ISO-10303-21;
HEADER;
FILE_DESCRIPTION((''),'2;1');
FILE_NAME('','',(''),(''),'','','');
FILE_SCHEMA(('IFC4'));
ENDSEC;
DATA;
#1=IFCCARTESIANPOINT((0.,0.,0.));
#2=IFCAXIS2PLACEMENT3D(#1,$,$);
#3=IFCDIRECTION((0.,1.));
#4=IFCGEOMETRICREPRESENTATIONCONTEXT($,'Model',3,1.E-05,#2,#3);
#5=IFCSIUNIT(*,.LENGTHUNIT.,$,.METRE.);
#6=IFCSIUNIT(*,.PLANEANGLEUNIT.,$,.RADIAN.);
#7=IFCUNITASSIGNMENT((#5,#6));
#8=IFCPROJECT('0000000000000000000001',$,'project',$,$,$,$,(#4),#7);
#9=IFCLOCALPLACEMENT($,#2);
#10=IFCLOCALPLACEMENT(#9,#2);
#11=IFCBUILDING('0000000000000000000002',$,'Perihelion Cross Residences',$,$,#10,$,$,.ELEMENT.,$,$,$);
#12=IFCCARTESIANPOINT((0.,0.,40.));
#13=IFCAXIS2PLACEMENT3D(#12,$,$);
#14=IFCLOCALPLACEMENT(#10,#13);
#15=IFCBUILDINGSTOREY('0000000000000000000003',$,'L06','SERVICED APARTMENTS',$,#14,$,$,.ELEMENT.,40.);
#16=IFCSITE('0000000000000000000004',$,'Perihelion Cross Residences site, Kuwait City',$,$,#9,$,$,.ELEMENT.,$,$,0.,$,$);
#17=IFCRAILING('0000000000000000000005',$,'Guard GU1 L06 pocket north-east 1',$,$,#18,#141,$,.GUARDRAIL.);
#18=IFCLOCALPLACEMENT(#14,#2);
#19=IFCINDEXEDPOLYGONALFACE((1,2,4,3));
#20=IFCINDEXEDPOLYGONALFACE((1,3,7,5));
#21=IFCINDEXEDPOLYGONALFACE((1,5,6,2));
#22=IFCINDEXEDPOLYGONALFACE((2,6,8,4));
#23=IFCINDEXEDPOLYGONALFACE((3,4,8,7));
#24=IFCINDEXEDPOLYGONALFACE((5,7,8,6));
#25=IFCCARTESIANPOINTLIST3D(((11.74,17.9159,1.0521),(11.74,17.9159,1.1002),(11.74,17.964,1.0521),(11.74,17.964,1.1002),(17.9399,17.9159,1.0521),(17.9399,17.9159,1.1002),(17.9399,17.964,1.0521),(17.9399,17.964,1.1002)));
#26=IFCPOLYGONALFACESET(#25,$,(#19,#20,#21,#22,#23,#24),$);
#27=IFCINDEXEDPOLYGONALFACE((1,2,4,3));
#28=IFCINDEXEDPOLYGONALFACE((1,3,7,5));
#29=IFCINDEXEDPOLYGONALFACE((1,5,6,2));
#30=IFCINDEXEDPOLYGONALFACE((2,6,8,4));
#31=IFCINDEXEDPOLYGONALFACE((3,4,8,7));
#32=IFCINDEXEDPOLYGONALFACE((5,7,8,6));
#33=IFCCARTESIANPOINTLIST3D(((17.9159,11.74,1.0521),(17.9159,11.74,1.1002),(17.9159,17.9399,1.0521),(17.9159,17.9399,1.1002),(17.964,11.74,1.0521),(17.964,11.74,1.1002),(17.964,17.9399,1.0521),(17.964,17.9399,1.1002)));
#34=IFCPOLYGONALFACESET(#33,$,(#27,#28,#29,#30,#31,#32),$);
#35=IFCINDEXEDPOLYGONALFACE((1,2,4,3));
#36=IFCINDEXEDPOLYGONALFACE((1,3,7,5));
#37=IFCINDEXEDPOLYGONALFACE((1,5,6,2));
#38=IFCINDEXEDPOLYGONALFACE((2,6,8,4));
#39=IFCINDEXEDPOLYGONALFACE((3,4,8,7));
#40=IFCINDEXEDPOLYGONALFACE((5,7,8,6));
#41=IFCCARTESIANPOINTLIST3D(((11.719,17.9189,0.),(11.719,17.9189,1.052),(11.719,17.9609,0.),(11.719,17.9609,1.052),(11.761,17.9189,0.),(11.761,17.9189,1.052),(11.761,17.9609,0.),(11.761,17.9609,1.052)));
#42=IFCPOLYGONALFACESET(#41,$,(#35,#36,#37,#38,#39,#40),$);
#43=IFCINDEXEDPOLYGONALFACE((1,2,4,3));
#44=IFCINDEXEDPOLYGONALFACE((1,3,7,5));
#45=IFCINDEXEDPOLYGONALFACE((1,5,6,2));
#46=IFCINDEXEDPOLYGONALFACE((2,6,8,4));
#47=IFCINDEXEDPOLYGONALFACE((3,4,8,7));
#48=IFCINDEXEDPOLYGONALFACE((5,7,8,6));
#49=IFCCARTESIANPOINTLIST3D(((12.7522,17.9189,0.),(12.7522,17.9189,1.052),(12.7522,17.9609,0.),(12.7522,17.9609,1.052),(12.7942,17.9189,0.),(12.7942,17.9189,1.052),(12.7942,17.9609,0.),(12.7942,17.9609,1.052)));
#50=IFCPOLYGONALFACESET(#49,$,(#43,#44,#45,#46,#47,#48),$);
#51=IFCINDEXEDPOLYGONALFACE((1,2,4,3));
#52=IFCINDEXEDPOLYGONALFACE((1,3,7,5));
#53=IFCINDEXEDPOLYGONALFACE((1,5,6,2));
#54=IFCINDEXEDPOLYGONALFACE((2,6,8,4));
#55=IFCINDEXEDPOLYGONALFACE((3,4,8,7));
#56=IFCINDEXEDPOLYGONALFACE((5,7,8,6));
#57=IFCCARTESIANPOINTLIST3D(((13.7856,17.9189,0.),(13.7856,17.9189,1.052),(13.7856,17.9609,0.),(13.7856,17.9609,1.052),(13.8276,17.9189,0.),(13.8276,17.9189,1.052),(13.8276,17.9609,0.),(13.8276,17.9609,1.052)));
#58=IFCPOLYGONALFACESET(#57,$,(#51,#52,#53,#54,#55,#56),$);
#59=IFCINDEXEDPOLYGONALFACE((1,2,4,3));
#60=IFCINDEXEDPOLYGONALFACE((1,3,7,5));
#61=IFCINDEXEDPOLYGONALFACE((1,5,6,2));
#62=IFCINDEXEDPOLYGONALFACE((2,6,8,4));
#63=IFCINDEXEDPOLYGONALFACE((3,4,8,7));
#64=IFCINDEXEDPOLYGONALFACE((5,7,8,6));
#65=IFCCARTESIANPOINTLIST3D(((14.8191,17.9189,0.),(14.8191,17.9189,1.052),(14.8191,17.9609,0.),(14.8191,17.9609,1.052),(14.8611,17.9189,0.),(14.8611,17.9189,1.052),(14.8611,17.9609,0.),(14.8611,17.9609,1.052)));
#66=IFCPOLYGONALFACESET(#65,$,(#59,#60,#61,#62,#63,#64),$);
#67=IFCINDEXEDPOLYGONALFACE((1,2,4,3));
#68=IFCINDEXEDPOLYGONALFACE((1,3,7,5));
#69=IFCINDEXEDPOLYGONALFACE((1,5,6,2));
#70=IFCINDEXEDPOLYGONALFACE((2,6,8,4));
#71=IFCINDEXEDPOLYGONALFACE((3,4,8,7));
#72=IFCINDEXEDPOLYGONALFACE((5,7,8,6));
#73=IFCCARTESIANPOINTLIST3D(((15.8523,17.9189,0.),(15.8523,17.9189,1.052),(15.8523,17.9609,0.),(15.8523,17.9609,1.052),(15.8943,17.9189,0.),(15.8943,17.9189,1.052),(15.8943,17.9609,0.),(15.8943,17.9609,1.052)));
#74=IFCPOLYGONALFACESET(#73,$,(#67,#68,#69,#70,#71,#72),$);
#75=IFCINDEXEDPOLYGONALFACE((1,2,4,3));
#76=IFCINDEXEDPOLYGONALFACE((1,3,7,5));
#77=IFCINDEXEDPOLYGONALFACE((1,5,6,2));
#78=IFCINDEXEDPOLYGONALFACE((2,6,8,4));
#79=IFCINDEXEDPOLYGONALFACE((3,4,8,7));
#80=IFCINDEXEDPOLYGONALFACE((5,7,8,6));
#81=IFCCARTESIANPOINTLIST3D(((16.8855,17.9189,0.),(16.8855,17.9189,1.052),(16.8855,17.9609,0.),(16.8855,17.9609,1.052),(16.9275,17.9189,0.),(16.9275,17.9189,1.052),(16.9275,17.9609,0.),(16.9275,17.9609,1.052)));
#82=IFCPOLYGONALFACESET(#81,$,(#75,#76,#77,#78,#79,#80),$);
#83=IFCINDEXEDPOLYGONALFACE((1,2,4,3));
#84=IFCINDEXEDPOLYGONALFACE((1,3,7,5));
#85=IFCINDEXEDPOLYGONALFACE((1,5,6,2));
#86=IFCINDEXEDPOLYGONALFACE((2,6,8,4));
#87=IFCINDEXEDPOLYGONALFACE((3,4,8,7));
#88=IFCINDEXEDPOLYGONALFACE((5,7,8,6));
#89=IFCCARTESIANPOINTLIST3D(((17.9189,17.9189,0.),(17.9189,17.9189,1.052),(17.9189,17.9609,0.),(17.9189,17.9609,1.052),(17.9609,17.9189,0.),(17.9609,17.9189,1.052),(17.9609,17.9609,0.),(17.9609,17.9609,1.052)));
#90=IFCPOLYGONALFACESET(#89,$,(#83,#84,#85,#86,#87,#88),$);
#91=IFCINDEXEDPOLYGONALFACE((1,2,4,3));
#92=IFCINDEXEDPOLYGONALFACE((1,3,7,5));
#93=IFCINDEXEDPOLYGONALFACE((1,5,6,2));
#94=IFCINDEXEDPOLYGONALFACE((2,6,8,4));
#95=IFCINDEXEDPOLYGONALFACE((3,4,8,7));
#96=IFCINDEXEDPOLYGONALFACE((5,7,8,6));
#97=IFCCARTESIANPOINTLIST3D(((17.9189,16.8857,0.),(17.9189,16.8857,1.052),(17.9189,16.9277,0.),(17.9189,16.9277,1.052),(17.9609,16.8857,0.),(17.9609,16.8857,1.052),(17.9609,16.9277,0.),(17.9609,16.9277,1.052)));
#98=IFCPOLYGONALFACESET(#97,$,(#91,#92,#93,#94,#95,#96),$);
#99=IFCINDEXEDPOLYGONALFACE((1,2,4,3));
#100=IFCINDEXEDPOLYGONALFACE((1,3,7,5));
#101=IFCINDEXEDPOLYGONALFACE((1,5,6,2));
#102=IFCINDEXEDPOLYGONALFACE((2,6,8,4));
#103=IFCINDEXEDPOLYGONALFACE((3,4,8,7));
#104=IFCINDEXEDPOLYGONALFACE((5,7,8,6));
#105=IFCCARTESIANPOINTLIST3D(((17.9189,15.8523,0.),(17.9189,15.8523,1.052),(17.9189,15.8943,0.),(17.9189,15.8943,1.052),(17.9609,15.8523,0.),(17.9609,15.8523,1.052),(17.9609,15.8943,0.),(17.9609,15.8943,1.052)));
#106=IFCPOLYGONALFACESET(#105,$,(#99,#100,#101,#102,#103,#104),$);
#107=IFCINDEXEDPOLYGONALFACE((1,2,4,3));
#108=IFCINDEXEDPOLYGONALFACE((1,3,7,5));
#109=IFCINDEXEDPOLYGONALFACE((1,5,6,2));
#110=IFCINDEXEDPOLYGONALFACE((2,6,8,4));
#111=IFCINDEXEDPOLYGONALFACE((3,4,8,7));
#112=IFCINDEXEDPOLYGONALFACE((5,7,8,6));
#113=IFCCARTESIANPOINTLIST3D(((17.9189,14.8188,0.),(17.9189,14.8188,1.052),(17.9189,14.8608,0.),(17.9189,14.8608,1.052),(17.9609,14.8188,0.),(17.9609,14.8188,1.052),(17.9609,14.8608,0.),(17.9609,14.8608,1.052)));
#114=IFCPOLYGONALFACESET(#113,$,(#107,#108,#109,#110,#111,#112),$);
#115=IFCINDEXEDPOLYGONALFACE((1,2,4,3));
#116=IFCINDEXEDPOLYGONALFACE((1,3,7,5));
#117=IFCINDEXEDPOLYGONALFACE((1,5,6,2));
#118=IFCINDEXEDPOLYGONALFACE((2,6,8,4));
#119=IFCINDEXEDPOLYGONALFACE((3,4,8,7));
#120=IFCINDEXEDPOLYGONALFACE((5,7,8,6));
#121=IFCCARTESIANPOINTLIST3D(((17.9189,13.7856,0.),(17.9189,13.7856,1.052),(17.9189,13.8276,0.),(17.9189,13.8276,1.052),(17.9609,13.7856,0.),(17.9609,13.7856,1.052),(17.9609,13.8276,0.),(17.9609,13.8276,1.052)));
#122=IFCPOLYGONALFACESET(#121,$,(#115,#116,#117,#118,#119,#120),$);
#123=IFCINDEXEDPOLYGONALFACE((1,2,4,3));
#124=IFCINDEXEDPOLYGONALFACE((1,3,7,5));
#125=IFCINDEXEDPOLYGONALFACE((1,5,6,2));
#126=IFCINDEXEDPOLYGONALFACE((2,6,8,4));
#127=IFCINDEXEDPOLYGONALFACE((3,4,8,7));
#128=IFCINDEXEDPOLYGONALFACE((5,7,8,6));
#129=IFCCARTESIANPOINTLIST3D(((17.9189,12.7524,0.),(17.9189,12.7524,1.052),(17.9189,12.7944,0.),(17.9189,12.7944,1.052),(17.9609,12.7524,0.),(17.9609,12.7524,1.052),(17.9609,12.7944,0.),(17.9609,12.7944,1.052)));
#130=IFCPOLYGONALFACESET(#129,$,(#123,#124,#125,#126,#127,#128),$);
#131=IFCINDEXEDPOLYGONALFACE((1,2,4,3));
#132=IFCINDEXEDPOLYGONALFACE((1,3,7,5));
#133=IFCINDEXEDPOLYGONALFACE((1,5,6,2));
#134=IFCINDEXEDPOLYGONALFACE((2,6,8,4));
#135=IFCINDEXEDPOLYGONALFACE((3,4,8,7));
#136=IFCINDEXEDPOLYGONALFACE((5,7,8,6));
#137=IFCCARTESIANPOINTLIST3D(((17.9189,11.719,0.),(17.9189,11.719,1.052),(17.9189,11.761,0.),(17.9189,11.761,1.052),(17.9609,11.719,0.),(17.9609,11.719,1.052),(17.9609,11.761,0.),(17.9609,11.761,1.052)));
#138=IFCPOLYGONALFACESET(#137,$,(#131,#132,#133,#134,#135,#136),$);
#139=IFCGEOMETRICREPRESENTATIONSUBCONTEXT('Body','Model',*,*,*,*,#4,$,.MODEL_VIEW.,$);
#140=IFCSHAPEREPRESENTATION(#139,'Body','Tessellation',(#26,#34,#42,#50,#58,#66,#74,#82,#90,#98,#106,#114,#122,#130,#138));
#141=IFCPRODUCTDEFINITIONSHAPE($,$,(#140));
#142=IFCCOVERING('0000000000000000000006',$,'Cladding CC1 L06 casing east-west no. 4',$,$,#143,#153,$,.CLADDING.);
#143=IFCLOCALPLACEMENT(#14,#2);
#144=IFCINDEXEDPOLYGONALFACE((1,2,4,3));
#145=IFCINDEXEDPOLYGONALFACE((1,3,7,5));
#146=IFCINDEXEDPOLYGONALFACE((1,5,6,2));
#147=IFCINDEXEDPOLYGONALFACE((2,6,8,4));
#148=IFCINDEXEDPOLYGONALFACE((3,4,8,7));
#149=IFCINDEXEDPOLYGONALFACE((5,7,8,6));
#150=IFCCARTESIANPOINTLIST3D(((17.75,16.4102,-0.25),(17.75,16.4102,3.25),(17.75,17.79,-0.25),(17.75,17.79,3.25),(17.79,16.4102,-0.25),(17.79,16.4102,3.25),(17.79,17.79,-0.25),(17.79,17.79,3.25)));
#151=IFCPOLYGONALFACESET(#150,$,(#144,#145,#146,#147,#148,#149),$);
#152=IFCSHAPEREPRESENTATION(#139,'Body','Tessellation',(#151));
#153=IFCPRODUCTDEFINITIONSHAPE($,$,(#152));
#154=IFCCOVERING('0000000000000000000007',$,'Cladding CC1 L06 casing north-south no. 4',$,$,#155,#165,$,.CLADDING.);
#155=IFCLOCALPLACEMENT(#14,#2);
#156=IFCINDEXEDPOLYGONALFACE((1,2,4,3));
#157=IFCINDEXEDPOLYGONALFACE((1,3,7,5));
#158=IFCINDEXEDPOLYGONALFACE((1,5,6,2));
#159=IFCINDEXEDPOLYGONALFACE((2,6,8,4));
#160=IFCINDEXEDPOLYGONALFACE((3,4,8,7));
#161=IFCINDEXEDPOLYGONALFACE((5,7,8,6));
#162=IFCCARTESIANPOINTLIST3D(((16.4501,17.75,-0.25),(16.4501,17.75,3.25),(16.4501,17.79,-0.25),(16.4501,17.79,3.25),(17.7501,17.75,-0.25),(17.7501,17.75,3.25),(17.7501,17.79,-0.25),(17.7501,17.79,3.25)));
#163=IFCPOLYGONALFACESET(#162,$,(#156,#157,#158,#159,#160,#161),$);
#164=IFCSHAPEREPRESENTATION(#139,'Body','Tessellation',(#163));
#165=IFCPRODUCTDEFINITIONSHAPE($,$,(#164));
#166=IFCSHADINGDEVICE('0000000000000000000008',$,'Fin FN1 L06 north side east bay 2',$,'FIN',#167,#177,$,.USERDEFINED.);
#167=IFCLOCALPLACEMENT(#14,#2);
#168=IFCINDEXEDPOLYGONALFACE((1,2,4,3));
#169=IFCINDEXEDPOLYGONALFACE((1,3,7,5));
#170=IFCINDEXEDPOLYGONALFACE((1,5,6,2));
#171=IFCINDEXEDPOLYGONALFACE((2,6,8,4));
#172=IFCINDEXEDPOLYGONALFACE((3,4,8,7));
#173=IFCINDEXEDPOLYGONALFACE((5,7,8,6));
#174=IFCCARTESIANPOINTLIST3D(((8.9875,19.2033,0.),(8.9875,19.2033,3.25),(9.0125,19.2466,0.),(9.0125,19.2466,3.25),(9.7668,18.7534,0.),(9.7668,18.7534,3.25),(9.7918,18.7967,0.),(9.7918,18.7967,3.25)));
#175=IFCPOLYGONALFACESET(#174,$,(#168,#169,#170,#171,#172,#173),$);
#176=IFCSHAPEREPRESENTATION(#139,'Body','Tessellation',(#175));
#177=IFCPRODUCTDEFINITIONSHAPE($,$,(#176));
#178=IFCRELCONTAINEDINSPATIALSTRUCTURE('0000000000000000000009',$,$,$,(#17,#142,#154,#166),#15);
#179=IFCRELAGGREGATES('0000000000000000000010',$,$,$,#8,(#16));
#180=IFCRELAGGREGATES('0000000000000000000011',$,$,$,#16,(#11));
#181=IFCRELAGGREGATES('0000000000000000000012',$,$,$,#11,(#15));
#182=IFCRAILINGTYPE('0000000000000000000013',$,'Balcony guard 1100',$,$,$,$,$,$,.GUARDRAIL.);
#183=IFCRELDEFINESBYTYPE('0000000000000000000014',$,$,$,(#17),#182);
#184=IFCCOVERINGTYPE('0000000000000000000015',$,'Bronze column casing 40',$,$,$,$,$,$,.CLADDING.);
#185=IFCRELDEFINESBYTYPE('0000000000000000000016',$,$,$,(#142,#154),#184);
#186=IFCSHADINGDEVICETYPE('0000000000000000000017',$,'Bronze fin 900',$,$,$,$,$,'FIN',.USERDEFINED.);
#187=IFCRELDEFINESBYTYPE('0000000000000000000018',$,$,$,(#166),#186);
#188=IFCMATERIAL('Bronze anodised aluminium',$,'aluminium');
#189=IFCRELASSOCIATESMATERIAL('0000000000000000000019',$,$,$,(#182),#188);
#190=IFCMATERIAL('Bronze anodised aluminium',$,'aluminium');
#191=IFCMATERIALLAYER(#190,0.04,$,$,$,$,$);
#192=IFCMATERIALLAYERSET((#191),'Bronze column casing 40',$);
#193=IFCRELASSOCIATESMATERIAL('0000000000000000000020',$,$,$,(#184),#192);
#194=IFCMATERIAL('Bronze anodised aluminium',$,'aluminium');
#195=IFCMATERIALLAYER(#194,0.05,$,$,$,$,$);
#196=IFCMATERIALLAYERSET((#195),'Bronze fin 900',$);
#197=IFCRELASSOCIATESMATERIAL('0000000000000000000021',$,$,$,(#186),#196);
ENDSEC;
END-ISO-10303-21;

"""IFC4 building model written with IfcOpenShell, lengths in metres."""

from ifc_helpers import new_model, si_unit, direction, frame, origin, origin_2d, place, context, subcontext, project, spatial, rectangle, extrude, material, layer, layer_set, type_object, element, save


model = new_model("IFC4")

# Units and contexts
model_context = context("Model", 3, precision=1e-05, world=origin(), true_north=direction((0.0, 1.0)))
body_context = subcontext(model_context, "Body", "Model", "MODEL_VIEW")
ifc_project = project(units=[si_unit("LENGTHUNIT", "METRE"), si_unit("PLANEANGLEUNIT", "RADIAN")], contexts=[model_context])

# Site, building, storey
site_placement = place(None, origin())
site = spatial("IfcSite", under=ifc_project, at=site_placement, Name="Perihelion Cross Residences site, Kuwait City", CompositionType="ELEMENT", RefElevation=0.0)
building_placement = place(site_placement, origin())
building = spatial("IfcBuilding", under=site, at=building_placement, Name="Perihelion Cross Residences", CompositionType="ELEMENT")
storey_placement = place(building_placement, frame((0.0, 0.0, 40.0)))
storey = spatial("IfcBuildingStorey", under=building, at=storey_placement, Name="L06", Description="SERVICED APARTMENTS", CompositionType="ELEMENT", Elevation=40.0)

# Railing
ifc_material_1 = material(Name="Bronze anodised aluminium", Category="aluminium")
railing_type = type_object("IfcRailingType", Name="Balcony guard 1100", PredefinedType="GUARDRAIL", material=ifc_material_1)
railing_1_placement = place(storey_placement, frame((11.74, 17.9399, 0.0)))
element("IfcRailing", 1, at=railing_1_placement, inside=storey, type_object=railing_type, Name="Guard GU1 L06 pocket north-east 1", PredefinedType="GUARDRAIL", context=body_context, shape_type="SweptSolid", body=[
    extrude(rectangle(XDim=0.0481, YDim=0.0481, at=origin_2d()), frame((0.0, 0.0, 1.0762), z_axis=(1.0, 0.0, 0.0), x_axis=(0.0, 1.0, 0.0)), (0.0, 0.0, 1.0), 6.2),
    extrude(rectangle(XDim=0.0481, YDim=0.0481, at=origin_2d()), frame((6.2, 0.0, 1.0762), z_axis=(0.0, -1.0, 0.0), x_axis=(1.0, 0.0, 0.0)), (0.0, 0.0, 1.0), 6.2),
    extrude(rectangle(XDim=0.042, YDim=0.042, at=origin_2d()), origin(), (0.0, 0.0, 1.0), 1.052),
    extrude(rectangle(XDim=0.042, YDim=0.042, at=origin_2d()), frame((1.0332, 0.0, 0.0)), (0.0, 0.0, 1.0), 1.052),
    extrude(rectangle(XDim=0.042, YDim=0.042, at=origin_2d()), frame((2.0667, 0.0, 0.0)), (0.0, 0.0, 1.0), 1.052),
    extrude(rectangle(XDim=0.042, YDim=0.042, at=origin_2d()), frame((3.1001, 0.0, 0.0)), (0.0, 0.0, 1.0), 1.052),
    extrude(rectangle(XDim=0.042, YDim=0.042, at=origin_2d()), frame((4.1333, 0.0, 0.0)), (0.0, 0.0, 1.0), 1.052),
    extrude(rectangle(XDim=0.042, YDim=0.042, at=origin_2d()), frame((5.1665, 0.0, 0.0)), (0.0, 0.0, 1.0), 1.052),
    extrude(rectangle(XDim=0.042, YDim=0.042, at=origin_2d()), frame((6.2, 0.0, 0.0)), (0.0, 0.0, 1.0), 1.052),
    extrude(rectangle(XDim=0.042, YDim=0.042, at=origin_2d()), frame((6.2, -1.0332, 0.0)), (0.0, 0.0, 1.0), 1.052),
    extrude(rectangle(XDim=0.042, YDim=0.042, at=origin_2d()), frame((6.2, -2.0667, 0.0)), (0.0, 0.0, 1.0), 1.052),
    extrude(rectangle(XDim=0.042, YDim=0.042, at=origin_2d()), frame((6.2, -3.1001, 0.0)), (0.0, 0.0, 1.0), 1.052),
    extrude(rectangle(XDim=0.042, YDim=0.042, at=origin_2d()), frame((6.2, -4.1333, 0.0)), (0.0, 0.0, 1.0), 1.052),
    extrude(rectangle(XDim=0.042, YDim=0.042, at=origin_2d()), frame((6.2, -5.1665, 0.0)), (0.0, 0.0, 1.0), 1.052),
    extrude(rectangle(XDim=0.042, YDim=0.042, at=origin_2d()), frame((6.2, -6.2, 0.0)), (0.0, 0.0, 1.0), 1.052),
])

# Coverings
ifc_material_2 = material(Name="Bronze anodised aluminium", Category="aluminium")
ifc_layer_1 = layer(ifc_material_2, 0.04)
ifc_layer_set_1 = layer_set([ifc_layer_1], Name="Bronze column casing 40")
covering_type = type_object("IfcCoveringType", Name="Bronze column casing 40", PredefinedType="CLADDING", material=ifc_layer_set_1)
covering_1_placement = place(storey_placement, frame((17.77, 17.1001, -0.25), z_axis=(0.0, 0.0, 1.0), x_axis=(1.0, 0.0, 0.0)))
element("IfcCovering", 2, at=covering_1_placement, inside=storey, type_object=covering_type, Name="Cladding CC1 L06 casing east-west no. 4", PredefinedType="CLADDING", context=body_context, shape_type="SweptSolid", body=[
    extrude(rectangle(XDim=0.04, YDim=1.3799, at=origin_2d()), origin(), (0.0, 0.0, 1.0), 3.5),
])
covering_2_placement = place(storey_placement, frame((17.1001, 17.77, -0.25), z_axis=(0.0, 0.0, 1.0), x_axis=(1.0, 0.0, 0.0)))
element("IfcCovering", 3, at=covering_2_placement, inside=storey, type_object=covering_type, Name="Cladding CC1 L06 casing north-south no. 4", PredefinedType="CLADDING", context=body_context, shape_type="SweptSolid", body=[
    extrude(rectangle(XDim=1.3, YDim=0.04, at=origin_2d()), origin(), (0.0, 0.0, 1.0), 3.5),
])

# Shading device
ifc_material_3 = material(Name="Bronze anodised aluminium", Category="aluminium")
ifc_layer_2 = layer(ifc_material_3, 0.05)
ifc_layer_set_2 = layer_set([ifc_layer_2], Name="Bronze fin 900")
shading_device_type = type_object("IfcShadingDeviceType", Name="Bronze fin 900", ElementType="FIN", PredefinedType="USERDEFINED", material=ifc_layer_set_2)
shading_device_placement = place(storey_placement, frame((9.3896, 19.0, 0.0), z_axis=(0.0, 0.0, 1.0), x_axis=(0.866025, -0.5, 0.0)))
element("IfcShadingDevice", 4, at=shading_device_placement, inside=storey, type_object=shading_device_type, Name="Fin FN1 L06 north side east bay 2", ObjectType="FIN", PredefinedType="USERDEFINED", context=body_context, shape_type="SweptSolid", body=[
    extrude(rectangle(XDim=0.8999, YDim=0.05, at=origin_2d()), origin(), (0.0, 0.0, 1.0), 3.25),
])

save(model, "model.ifc")
